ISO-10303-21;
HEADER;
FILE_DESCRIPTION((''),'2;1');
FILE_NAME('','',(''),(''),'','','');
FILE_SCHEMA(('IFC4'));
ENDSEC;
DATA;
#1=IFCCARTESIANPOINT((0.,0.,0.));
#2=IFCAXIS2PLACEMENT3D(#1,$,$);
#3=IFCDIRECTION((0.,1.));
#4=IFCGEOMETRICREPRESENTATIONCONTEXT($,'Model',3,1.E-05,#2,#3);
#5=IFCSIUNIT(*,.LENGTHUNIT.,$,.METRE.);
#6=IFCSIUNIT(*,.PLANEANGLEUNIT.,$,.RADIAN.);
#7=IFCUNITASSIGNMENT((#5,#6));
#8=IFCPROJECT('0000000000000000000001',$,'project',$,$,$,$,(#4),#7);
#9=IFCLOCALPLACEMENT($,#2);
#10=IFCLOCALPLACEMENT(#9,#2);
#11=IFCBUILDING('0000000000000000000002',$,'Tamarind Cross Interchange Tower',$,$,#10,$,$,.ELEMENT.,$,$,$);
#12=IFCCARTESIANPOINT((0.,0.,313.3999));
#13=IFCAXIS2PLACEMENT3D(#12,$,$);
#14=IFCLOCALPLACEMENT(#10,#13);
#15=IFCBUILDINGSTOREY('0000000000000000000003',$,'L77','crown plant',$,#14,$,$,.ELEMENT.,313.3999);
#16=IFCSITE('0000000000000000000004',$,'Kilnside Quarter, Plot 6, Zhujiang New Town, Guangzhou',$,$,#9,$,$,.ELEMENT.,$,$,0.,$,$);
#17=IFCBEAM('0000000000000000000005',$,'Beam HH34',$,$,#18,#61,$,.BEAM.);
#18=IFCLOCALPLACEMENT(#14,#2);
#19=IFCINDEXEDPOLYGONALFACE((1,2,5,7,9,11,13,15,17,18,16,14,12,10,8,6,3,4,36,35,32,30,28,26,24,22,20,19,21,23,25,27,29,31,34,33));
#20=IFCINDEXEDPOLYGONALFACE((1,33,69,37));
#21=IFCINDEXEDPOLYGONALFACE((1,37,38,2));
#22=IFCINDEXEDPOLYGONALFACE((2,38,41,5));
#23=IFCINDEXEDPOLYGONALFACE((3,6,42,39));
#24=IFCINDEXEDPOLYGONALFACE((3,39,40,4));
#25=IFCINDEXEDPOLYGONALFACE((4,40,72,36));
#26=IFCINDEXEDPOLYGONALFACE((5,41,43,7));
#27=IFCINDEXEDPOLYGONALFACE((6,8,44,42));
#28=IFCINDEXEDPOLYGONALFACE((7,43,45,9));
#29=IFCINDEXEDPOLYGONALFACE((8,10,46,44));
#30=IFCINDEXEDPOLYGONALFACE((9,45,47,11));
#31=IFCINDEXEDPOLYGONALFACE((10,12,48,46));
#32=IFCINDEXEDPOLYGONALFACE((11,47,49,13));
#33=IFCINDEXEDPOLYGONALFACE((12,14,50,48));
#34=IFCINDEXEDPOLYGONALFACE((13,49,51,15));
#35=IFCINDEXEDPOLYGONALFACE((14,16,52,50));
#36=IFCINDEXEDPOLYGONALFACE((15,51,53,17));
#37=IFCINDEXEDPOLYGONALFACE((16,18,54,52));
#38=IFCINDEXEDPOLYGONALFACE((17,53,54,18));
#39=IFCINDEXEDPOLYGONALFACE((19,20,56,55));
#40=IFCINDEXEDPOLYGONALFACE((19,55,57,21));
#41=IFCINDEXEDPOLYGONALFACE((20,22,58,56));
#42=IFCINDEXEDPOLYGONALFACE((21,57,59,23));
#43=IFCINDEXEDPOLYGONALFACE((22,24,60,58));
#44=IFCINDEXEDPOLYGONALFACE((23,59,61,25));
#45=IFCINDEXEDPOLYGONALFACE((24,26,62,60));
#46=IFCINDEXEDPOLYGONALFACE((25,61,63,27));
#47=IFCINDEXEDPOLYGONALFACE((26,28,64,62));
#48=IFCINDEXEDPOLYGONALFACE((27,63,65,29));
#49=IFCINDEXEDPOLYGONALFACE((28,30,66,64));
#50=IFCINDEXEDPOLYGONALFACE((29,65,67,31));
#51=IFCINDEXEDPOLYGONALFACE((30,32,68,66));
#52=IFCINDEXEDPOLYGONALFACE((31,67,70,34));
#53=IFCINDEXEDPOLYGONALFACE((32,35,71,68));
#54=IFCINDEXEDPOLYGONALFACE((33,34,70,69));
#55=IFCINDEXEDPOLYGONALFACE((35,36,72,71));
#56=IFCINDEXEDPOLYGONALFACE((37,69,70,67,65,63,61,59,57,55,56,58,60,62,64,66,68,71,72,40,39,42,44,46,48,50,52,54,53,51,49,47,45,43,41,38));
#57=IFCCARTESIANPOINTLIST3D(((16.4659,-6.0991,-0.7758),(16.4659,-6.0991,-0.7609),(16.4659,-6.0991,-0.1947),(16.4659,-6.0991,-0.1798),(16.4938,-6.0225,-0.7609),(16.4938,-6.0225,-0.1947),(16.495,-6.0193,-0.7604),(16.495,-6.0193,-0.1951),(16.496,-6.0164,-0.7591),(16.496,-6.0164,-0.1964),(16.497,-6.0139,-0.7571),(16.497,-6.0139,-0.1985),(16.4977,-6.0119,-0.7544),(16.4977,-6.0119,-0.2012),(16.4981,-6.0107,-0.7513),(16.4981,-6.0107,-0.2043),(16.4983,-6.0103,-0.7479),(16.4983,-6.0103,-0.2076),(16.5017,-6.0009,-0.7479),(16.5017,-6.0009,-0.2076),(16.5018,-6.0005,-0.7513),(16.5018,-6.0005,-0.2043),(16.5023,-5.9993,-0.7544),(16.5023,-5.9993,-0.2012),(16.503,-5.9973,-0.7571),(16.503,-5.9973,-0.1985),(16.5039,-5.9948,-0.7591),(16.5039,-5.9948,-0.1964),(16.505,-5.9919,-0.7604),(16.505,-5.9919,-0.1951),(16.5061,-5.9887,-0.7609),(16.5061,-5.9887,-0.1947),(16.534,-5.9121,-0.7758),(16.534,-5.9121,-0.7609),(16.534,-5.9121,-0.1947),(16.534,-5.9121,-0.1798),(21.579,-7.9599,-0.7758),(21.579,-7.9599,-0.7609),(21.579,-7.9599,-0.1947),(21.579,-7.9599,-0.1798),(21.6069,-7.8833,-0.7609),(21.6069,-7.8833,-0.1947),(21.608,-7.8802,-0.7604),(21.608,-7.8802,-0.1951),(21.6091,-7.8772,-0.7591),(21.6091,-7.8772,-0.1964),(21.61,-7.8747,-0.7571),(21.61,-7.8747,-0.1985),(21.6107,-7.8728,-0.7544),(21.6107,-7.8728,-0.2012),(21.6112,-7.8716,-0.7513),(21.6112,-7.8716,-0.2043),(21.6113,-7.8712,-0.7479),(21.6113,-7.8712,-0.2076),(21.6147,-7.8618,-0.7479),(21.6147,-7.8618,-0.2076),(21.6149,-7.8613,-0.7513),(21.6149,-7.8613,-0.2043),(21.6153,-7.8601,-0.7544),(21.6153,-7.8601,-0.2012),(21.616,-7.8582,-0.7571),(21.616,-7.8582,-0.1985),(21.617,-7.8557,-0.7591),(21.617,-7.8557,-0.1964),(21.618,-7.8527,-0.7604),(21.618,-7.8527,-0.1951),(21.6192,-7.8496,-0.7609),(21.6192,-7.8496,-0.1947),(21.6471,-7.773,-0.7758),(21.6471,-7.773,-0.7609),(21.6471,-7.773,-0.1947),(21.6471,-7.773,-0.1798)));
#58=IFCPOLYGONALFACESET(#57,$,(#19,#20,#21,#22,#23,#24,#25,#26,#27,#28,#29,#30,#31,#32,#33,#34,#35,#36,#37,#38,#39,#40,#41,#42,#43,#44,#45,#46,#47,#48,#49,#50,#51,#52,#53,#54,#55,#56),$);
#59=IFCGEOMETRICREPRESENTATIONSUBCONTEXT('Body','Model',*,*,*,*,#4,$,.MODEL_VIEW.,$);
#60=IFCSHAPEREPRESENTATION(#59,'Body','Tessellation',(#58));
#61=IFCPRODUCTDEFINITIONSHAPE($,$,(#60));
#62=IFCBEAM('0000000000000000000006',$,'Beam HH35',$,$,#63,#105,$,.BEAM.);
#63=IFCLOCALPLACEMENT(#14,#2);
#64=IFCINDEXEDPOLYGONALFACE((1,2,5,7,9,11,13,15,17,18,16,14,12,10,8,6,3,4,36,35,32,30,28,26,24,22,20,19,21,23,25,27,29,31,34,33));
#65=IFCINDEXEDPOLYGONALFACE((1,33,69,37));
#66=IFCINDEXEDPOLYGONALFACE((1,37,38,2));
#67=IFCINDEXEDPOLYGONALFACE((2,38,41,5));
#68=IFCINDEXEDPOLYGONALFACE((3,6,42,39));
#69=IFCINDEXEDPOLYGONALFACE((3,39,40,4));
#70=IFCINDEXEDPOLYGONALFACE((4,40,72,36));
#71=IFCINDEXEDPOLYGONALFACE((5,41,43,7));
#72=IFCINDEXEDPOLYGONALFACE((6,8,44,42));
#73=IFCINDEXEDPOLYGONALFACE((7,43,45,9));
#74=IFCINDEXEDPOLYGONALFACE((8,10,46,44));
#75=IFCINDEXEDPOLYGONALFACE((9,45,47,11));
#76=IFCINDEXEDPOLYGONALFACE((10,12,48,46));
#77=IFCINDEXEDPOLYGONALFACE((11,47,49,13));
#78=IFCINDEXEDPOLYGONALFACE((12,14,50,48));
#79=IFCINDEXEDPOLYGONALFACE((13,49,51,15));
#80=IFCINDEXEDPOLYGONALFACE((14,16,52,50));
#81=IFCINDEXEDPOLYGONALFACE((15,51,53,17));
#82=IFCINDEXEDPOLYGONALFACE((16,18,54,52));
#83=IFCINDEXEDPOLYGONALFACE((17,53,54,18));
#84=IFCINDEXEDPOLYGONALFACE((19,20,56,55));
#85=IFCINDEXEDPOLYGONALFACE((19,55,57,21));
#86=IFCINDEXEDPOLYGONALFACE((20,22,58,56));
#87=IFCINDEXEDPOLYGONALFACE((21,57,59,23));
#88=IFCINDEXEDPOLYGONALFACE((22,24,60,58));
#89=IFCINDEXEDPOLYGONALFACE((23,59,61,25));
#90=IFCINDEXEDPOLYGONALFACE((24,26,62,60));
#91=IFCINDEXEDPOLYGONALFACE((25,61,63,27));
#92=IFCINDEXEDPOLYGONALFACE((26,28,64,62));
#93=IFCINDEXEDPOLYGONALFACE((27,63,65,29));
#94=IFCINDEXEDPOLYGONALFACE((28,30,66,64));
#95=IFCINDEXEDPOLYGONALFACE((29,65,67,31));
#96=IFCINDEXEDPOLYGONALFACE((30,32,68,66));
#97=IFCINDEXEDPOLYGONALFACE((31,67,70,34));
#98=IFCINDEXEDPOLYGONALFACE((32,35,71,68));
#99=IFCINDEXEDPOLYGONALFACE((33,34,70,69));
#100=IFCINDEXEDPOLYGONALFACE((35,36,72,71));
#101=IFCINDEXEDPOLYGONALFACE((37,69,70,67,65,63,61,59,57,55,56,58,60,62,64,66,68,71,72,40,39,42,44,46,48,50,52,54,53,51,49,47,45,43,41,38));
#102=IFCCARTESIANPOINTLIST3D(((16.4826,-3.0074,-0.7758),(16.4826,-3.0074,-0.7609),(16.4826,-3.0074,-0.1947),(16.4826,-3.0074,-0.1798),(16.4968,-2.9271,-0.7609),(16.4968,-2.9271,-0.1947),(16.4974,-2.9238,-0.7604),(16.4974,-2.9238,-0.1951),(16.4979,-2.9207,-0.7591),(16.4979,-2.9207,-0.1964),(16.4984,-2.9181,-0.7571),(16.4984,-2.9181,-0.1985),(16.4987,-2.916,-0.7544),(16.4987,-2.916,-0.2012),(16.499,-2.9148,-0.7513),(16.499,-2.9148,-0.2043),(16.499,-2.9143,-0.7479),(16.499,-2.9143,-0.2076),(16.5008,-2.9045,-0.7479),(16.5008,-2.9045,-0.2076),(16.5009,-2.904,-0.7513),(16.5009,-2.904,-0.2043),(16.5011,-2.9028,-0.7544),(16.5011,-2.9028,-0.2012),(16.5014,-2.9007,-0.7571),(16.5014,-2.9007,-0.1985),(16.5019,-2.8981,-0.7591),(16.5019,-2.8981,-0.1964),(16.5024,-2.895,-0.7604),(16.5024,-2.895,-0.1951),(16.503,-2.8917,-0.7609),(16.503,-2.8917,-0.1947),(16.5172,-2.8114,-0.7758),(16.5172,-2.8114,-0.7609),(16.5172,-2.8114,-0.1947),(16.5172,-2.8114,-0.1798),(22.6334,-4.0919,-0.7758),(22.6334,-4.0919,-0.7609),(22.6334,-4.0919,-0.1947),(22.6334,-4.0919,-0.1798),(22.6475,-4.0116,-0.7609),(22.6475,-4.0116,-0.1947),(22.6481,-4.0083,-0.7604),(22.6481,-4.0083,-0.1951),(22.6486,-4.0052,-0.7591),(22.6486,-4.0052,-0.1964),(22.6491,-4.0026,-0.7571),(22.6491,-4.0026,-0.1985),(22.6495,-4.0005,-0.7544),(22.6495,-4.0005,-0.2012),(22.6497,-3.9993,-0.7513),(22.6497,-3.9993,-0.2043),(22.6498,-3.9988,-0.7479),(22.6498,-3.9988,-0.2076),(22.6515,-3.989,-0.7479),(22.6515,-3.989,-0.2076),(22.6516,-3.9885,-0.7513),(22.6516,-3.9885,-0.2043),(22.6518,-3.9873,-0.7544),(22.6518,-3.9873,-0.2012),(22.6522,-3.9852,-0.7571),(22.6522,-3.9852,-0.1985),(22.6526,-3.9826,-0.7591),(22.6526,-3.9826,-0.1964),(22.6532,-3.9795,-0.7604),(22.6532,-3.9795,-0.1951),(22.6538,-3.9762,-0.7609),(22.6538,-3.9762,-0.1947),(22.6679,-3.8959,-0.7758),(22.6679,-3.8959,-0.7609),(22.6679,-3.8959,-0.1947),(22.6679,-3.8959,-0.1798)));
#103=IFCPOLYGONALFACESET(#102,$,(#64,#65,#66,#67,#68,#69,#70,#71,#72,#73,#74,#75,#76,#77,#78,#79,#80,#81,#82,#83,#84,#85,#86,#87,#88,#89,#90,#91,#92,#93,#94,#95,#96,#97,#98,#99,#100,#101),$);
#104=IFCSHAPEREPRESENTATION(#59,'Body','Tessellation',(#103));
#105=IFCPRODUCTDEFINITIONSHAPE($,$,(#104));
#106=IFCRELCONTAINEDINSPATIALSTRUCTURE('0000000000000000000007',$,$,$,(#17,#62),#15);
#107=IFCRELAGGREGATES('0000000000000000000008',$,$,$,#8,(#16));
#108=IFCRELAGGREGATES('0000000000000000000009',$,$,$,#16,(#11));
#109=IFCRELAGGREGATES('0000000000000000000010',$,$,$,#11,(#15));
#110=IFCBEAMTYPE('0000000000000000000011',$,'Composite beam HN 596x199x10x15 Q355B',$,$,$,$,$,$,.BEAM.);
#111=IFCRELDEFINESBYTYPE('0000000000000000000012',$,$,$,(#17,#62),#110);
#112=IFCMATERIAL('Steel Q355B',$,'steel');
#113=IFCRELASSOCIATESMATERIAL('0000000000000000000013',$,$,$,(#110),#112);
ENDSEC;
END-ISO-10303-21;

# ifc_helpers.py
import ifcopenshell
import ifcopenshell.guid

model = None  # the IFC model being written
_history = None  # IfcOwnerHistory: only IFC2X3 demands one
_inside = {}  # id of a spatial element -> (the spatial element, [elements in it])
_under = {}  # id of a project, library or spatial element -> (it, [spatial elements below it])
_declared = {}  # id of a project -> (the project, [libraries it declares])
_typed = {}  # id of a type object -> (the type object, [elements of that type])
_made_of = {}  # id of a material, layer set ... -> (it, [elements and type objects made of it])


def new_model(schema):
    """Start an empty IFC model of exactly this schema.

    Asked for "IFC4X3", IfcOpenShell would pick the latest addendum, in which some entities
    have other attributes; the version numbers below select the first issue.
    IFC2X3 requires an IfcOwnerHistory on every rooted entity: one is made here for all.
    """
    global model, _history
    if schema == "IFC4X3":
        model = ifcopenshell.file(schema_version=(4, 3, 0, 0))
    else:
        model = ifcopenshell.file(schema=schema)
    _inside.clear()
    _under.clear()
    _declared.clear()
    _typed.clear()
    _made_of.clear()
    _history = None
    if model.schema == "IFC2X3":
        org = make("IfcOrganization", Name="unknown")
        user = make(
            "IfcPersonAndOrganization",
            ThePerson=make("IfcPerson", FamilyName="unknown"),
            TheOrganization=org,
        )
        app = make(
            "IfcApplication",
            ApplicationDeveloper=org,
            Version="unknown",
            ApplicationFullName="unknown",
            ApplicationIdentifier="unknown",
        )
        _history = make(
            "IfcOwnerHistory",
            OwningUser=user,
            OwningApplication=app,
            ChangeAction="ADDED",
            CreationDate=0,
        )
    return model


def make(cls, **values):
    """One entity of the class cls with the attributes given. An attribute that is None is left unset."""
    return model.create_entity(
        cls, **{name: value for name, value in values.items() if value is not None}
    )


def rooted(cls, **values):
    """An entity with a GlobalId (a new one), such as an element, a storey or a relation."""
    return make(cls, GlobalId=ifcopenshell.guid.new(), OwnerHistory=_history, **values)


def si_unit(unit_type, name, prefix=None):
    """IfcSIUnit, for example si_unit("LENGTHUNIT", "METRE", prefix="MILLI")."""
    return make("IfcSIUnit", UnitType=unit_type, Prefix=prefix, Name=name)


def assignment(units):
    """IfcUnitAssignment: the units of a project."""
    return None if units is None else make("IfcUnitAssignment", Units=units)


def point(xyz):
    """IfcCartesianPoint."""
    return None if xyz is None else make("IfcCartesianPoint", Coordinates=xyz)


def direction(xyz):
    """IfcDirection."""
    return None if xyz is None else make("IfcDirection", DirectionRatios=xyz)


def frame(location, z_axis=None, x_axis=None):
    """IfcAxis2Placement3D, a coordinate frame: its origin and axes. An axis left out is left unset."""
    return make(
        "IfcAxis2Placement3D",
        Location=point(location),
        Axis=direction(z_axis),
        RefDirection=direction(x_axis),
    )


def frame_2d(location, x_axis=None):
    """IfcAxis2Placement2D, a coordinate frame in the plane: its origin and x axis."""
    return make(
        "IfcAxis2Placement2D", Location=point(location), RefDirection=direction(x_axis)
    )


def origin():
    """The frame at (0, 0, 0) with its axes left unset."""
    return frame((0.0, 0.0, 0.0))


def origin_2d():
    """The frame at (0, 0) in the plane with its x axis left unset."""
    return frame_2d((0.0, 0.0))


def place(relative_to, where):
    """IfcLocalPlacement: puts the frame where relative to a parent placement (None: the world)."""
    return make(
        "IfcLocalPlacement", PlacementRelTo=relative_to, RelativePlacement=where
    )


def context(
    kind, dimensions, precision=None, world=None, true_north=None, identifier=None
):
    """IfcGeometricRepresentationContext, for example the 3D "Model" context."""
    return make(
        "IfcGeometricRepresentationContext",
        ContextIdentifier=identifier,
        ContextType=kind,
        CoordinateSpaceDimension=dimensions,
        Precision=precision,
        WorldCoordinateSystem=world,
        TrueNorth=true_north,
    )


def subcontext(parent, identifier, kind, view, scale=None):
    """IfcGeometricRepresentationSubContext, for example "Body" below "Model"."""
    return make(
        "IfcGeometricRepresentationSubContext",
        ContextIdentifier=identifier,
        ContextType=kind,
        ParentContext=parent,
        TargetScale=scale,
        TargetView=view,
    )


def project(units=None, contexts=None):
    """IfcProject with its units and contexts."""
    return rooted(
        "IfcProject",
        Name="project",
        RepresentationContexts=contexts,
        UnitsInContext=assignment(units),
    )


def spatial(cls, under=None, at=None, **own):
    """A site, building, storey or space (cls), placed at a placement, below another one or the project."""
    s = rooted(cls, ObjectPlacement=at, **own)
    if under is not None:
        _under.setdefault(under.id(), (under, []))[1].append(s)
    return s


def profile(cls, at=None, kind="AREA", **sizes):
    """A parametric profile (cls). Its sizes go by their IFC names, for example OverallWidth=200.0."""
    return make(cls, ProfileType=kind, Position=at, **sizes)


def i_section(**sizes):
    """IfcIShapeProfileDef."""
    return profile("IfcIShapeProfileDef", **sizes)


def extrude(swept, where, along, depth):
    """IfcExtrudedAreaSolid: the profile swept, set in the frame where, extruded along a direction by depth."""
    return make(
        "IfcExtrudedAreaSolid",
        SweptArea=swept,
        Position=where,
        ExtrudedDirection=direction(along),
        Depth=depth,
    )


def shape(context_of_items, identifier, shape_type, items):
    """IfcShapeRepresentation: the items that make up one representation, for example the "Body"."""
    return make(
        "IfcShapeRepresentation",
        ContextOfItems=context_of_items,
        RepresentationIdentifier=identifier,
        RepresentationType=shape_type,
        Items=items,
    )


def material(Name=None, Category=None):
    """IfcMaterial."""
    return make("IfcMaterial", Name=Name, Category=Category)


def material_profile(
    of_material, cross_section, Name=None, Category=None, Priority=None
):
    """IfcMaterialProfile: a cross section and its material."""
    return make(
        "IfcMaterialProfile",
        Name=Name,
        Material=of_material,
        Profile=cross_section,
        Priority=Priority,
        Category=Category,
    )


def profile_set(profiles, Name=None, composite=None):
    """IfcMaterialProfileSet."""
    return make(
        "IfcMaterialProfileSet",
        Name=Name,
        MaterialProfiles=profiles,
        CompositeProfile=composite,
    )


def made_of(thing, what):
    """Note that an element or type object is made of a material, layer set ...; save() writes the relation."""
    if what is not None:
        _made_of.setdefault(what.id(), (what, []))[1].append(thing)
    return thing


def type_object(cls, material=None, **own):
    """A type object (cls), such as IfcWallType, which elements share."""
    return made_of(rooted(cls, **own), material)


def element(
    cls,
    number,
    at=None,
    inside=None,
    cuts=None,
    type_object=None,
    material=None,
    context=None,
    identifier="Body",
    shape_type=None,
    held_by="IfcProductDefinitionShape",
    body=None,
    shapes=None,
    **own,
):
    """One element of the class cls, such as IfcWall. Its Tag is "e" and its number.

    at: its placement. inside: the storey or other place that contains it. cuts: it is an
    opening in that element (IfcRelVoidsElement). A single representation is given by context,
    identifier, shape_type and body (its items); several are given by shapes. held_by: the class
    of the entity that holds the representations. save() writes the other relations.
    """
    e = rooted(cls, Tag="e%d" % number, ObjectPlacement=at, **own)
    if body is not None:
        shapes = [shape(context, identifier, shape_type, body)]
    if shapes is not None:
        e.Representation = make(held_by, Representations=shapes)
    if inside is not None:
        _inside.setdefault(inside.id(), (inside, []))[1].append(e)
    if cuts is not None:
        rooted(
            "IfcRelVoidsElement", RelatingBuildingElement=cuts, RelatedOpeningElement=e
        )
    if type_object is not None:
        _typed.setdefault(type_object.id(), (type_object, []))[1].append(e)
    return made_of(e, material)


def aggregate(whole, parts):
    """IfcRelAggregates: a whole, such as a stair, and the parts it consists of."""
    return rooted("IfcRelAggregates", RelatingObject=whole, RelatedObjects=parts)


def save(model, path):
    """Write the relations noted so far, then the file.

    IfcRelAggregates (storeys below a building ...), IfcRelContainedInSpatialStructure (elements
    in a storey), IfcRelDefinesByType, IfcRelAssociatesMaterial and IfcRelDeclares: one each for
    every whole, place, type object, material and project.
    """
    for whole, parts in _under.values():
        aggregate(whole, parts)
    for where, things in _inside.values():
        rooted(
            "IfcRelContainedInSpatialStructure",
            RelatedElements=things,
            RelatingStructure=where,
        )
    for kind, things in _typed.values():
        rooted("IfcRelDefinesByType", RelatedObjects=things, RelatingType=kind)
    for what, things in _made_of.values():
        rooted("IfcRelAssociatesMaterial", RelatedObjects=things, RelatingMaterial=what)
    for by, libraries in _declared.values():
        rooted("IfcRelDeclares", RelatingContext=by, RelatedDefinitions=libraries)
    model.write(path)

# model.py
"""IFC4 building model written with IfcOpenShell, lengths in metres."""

from ifc_helpers import new_model, si_unit, direction, frame, origin, origin_2d, place, context, subcontext, project, spatial, i_section, extrude, material, material_profile, profile_set, type_object, element, save


model = new_model("IFC4")

# Units and contexts
model_context = context("Model", 3, precision=1e-05, world=origin(), true_north=direction((0.0, 1.0)))
body_context = subcontext(model_context, "Body", "Model", "MODEL_VIEW")
ifc_project = project(units=[si_unit("LENGTHUNIT", "METRE"), si_unit("PLANEANGLEUNIT", "RADIAN")], contexts=[model_context])

# Site, building, storey
site_placement = place(None, origin())
site = spatial("IfcSite", under=ifc_project, at=site_placement, Name="Kilnside Quarter, Plot 6, Zhujiang New Town, Guangzhou", CompositionType="ELEMENT", RefElevation=0.0)
building_placement = place(site_placement, origin())
building = spatial("IfcBuilding", under=site, at=building_placement, Name="Tamarind Cross Interchange Tower", CompositionType="ELEMENT")
storey_placement = place(building_placement, frame((0.0, 0.0, 313.3999)))
storey = spatial("IfcBuildingStorey", under=building, at=storey_placement, Name="L77", Description="crown plant", CompositionType="ELEMENT", Elevation=313.3999)

# Beams
ifc_material_1 = material(Name="Steel Q355B", Category="steel")
ifc_material_profile_1 = material_profile(ifc_material_1, i_section(OverallWidth=0.199, OverallDepth=0.5959, WebThickness=0.01, FlangeThickness=0.0149, FilletRadius=0.0129, at=origin_2d()), Name="HN 596x199x10x15")
ifc_profile_set_1 = profile_set([ifc_material_profile_1], Name="Steel Q355B")
beam_type = type_object("IfcBeamType", Name="Composite beam HN 596x199x10x15 Q355B", PredefinedType="BEAM", material=ifc_profile_set_1)
beam_1_placement = place(storey_placement, frame((21.613, -7.8665, -0.4778), z_axis=(-0.939702, 0.341995, 0.0), x_axis=(-0.341995, -0.939702, 0.0)))
element("IfcBeam", 1, at=beam_1_placement, inside=storey, type_object=beam_type, Name="Beam HH34", PredefinedType="BEAM", context=body_context, shape_type="SweptSolid", body=[
    extrude(i_section(OverallWidth=0.199, OverallDepth=0.5959, WebThickness=0.01, FlangeThickness=0.0149, FilletRadius=0.0129, at=origin_2d()), origin(), (0.0, 0.0, 1.0), 5.4412),
])
beam_2_placement = place(storey_placement, frame((22.6506, -3.9939, -0.4778), z_axis=(-0.984809, 0.17364, 0.0), x_axis=(-0.17364, -0.984809, 0.0)))
element("IfcBeam", 2, at=beam_2_placement, inside=storey, type_object=beam_type, Name="Beam HH35", PredefinedType="BEAM", context=body_context, shape_type="SweptSolid", body=[
    extrude(i_section(OverallWidth=0.199, OverallDepth=0.5959, WebThickness=0.01, FlangeThickness=0.0149, FilletRadius=0.0129, at=origin_2d()), origin(), (0.0, 0.0, 1.0), 6.2456),
])

save(model, "model.ifc")
